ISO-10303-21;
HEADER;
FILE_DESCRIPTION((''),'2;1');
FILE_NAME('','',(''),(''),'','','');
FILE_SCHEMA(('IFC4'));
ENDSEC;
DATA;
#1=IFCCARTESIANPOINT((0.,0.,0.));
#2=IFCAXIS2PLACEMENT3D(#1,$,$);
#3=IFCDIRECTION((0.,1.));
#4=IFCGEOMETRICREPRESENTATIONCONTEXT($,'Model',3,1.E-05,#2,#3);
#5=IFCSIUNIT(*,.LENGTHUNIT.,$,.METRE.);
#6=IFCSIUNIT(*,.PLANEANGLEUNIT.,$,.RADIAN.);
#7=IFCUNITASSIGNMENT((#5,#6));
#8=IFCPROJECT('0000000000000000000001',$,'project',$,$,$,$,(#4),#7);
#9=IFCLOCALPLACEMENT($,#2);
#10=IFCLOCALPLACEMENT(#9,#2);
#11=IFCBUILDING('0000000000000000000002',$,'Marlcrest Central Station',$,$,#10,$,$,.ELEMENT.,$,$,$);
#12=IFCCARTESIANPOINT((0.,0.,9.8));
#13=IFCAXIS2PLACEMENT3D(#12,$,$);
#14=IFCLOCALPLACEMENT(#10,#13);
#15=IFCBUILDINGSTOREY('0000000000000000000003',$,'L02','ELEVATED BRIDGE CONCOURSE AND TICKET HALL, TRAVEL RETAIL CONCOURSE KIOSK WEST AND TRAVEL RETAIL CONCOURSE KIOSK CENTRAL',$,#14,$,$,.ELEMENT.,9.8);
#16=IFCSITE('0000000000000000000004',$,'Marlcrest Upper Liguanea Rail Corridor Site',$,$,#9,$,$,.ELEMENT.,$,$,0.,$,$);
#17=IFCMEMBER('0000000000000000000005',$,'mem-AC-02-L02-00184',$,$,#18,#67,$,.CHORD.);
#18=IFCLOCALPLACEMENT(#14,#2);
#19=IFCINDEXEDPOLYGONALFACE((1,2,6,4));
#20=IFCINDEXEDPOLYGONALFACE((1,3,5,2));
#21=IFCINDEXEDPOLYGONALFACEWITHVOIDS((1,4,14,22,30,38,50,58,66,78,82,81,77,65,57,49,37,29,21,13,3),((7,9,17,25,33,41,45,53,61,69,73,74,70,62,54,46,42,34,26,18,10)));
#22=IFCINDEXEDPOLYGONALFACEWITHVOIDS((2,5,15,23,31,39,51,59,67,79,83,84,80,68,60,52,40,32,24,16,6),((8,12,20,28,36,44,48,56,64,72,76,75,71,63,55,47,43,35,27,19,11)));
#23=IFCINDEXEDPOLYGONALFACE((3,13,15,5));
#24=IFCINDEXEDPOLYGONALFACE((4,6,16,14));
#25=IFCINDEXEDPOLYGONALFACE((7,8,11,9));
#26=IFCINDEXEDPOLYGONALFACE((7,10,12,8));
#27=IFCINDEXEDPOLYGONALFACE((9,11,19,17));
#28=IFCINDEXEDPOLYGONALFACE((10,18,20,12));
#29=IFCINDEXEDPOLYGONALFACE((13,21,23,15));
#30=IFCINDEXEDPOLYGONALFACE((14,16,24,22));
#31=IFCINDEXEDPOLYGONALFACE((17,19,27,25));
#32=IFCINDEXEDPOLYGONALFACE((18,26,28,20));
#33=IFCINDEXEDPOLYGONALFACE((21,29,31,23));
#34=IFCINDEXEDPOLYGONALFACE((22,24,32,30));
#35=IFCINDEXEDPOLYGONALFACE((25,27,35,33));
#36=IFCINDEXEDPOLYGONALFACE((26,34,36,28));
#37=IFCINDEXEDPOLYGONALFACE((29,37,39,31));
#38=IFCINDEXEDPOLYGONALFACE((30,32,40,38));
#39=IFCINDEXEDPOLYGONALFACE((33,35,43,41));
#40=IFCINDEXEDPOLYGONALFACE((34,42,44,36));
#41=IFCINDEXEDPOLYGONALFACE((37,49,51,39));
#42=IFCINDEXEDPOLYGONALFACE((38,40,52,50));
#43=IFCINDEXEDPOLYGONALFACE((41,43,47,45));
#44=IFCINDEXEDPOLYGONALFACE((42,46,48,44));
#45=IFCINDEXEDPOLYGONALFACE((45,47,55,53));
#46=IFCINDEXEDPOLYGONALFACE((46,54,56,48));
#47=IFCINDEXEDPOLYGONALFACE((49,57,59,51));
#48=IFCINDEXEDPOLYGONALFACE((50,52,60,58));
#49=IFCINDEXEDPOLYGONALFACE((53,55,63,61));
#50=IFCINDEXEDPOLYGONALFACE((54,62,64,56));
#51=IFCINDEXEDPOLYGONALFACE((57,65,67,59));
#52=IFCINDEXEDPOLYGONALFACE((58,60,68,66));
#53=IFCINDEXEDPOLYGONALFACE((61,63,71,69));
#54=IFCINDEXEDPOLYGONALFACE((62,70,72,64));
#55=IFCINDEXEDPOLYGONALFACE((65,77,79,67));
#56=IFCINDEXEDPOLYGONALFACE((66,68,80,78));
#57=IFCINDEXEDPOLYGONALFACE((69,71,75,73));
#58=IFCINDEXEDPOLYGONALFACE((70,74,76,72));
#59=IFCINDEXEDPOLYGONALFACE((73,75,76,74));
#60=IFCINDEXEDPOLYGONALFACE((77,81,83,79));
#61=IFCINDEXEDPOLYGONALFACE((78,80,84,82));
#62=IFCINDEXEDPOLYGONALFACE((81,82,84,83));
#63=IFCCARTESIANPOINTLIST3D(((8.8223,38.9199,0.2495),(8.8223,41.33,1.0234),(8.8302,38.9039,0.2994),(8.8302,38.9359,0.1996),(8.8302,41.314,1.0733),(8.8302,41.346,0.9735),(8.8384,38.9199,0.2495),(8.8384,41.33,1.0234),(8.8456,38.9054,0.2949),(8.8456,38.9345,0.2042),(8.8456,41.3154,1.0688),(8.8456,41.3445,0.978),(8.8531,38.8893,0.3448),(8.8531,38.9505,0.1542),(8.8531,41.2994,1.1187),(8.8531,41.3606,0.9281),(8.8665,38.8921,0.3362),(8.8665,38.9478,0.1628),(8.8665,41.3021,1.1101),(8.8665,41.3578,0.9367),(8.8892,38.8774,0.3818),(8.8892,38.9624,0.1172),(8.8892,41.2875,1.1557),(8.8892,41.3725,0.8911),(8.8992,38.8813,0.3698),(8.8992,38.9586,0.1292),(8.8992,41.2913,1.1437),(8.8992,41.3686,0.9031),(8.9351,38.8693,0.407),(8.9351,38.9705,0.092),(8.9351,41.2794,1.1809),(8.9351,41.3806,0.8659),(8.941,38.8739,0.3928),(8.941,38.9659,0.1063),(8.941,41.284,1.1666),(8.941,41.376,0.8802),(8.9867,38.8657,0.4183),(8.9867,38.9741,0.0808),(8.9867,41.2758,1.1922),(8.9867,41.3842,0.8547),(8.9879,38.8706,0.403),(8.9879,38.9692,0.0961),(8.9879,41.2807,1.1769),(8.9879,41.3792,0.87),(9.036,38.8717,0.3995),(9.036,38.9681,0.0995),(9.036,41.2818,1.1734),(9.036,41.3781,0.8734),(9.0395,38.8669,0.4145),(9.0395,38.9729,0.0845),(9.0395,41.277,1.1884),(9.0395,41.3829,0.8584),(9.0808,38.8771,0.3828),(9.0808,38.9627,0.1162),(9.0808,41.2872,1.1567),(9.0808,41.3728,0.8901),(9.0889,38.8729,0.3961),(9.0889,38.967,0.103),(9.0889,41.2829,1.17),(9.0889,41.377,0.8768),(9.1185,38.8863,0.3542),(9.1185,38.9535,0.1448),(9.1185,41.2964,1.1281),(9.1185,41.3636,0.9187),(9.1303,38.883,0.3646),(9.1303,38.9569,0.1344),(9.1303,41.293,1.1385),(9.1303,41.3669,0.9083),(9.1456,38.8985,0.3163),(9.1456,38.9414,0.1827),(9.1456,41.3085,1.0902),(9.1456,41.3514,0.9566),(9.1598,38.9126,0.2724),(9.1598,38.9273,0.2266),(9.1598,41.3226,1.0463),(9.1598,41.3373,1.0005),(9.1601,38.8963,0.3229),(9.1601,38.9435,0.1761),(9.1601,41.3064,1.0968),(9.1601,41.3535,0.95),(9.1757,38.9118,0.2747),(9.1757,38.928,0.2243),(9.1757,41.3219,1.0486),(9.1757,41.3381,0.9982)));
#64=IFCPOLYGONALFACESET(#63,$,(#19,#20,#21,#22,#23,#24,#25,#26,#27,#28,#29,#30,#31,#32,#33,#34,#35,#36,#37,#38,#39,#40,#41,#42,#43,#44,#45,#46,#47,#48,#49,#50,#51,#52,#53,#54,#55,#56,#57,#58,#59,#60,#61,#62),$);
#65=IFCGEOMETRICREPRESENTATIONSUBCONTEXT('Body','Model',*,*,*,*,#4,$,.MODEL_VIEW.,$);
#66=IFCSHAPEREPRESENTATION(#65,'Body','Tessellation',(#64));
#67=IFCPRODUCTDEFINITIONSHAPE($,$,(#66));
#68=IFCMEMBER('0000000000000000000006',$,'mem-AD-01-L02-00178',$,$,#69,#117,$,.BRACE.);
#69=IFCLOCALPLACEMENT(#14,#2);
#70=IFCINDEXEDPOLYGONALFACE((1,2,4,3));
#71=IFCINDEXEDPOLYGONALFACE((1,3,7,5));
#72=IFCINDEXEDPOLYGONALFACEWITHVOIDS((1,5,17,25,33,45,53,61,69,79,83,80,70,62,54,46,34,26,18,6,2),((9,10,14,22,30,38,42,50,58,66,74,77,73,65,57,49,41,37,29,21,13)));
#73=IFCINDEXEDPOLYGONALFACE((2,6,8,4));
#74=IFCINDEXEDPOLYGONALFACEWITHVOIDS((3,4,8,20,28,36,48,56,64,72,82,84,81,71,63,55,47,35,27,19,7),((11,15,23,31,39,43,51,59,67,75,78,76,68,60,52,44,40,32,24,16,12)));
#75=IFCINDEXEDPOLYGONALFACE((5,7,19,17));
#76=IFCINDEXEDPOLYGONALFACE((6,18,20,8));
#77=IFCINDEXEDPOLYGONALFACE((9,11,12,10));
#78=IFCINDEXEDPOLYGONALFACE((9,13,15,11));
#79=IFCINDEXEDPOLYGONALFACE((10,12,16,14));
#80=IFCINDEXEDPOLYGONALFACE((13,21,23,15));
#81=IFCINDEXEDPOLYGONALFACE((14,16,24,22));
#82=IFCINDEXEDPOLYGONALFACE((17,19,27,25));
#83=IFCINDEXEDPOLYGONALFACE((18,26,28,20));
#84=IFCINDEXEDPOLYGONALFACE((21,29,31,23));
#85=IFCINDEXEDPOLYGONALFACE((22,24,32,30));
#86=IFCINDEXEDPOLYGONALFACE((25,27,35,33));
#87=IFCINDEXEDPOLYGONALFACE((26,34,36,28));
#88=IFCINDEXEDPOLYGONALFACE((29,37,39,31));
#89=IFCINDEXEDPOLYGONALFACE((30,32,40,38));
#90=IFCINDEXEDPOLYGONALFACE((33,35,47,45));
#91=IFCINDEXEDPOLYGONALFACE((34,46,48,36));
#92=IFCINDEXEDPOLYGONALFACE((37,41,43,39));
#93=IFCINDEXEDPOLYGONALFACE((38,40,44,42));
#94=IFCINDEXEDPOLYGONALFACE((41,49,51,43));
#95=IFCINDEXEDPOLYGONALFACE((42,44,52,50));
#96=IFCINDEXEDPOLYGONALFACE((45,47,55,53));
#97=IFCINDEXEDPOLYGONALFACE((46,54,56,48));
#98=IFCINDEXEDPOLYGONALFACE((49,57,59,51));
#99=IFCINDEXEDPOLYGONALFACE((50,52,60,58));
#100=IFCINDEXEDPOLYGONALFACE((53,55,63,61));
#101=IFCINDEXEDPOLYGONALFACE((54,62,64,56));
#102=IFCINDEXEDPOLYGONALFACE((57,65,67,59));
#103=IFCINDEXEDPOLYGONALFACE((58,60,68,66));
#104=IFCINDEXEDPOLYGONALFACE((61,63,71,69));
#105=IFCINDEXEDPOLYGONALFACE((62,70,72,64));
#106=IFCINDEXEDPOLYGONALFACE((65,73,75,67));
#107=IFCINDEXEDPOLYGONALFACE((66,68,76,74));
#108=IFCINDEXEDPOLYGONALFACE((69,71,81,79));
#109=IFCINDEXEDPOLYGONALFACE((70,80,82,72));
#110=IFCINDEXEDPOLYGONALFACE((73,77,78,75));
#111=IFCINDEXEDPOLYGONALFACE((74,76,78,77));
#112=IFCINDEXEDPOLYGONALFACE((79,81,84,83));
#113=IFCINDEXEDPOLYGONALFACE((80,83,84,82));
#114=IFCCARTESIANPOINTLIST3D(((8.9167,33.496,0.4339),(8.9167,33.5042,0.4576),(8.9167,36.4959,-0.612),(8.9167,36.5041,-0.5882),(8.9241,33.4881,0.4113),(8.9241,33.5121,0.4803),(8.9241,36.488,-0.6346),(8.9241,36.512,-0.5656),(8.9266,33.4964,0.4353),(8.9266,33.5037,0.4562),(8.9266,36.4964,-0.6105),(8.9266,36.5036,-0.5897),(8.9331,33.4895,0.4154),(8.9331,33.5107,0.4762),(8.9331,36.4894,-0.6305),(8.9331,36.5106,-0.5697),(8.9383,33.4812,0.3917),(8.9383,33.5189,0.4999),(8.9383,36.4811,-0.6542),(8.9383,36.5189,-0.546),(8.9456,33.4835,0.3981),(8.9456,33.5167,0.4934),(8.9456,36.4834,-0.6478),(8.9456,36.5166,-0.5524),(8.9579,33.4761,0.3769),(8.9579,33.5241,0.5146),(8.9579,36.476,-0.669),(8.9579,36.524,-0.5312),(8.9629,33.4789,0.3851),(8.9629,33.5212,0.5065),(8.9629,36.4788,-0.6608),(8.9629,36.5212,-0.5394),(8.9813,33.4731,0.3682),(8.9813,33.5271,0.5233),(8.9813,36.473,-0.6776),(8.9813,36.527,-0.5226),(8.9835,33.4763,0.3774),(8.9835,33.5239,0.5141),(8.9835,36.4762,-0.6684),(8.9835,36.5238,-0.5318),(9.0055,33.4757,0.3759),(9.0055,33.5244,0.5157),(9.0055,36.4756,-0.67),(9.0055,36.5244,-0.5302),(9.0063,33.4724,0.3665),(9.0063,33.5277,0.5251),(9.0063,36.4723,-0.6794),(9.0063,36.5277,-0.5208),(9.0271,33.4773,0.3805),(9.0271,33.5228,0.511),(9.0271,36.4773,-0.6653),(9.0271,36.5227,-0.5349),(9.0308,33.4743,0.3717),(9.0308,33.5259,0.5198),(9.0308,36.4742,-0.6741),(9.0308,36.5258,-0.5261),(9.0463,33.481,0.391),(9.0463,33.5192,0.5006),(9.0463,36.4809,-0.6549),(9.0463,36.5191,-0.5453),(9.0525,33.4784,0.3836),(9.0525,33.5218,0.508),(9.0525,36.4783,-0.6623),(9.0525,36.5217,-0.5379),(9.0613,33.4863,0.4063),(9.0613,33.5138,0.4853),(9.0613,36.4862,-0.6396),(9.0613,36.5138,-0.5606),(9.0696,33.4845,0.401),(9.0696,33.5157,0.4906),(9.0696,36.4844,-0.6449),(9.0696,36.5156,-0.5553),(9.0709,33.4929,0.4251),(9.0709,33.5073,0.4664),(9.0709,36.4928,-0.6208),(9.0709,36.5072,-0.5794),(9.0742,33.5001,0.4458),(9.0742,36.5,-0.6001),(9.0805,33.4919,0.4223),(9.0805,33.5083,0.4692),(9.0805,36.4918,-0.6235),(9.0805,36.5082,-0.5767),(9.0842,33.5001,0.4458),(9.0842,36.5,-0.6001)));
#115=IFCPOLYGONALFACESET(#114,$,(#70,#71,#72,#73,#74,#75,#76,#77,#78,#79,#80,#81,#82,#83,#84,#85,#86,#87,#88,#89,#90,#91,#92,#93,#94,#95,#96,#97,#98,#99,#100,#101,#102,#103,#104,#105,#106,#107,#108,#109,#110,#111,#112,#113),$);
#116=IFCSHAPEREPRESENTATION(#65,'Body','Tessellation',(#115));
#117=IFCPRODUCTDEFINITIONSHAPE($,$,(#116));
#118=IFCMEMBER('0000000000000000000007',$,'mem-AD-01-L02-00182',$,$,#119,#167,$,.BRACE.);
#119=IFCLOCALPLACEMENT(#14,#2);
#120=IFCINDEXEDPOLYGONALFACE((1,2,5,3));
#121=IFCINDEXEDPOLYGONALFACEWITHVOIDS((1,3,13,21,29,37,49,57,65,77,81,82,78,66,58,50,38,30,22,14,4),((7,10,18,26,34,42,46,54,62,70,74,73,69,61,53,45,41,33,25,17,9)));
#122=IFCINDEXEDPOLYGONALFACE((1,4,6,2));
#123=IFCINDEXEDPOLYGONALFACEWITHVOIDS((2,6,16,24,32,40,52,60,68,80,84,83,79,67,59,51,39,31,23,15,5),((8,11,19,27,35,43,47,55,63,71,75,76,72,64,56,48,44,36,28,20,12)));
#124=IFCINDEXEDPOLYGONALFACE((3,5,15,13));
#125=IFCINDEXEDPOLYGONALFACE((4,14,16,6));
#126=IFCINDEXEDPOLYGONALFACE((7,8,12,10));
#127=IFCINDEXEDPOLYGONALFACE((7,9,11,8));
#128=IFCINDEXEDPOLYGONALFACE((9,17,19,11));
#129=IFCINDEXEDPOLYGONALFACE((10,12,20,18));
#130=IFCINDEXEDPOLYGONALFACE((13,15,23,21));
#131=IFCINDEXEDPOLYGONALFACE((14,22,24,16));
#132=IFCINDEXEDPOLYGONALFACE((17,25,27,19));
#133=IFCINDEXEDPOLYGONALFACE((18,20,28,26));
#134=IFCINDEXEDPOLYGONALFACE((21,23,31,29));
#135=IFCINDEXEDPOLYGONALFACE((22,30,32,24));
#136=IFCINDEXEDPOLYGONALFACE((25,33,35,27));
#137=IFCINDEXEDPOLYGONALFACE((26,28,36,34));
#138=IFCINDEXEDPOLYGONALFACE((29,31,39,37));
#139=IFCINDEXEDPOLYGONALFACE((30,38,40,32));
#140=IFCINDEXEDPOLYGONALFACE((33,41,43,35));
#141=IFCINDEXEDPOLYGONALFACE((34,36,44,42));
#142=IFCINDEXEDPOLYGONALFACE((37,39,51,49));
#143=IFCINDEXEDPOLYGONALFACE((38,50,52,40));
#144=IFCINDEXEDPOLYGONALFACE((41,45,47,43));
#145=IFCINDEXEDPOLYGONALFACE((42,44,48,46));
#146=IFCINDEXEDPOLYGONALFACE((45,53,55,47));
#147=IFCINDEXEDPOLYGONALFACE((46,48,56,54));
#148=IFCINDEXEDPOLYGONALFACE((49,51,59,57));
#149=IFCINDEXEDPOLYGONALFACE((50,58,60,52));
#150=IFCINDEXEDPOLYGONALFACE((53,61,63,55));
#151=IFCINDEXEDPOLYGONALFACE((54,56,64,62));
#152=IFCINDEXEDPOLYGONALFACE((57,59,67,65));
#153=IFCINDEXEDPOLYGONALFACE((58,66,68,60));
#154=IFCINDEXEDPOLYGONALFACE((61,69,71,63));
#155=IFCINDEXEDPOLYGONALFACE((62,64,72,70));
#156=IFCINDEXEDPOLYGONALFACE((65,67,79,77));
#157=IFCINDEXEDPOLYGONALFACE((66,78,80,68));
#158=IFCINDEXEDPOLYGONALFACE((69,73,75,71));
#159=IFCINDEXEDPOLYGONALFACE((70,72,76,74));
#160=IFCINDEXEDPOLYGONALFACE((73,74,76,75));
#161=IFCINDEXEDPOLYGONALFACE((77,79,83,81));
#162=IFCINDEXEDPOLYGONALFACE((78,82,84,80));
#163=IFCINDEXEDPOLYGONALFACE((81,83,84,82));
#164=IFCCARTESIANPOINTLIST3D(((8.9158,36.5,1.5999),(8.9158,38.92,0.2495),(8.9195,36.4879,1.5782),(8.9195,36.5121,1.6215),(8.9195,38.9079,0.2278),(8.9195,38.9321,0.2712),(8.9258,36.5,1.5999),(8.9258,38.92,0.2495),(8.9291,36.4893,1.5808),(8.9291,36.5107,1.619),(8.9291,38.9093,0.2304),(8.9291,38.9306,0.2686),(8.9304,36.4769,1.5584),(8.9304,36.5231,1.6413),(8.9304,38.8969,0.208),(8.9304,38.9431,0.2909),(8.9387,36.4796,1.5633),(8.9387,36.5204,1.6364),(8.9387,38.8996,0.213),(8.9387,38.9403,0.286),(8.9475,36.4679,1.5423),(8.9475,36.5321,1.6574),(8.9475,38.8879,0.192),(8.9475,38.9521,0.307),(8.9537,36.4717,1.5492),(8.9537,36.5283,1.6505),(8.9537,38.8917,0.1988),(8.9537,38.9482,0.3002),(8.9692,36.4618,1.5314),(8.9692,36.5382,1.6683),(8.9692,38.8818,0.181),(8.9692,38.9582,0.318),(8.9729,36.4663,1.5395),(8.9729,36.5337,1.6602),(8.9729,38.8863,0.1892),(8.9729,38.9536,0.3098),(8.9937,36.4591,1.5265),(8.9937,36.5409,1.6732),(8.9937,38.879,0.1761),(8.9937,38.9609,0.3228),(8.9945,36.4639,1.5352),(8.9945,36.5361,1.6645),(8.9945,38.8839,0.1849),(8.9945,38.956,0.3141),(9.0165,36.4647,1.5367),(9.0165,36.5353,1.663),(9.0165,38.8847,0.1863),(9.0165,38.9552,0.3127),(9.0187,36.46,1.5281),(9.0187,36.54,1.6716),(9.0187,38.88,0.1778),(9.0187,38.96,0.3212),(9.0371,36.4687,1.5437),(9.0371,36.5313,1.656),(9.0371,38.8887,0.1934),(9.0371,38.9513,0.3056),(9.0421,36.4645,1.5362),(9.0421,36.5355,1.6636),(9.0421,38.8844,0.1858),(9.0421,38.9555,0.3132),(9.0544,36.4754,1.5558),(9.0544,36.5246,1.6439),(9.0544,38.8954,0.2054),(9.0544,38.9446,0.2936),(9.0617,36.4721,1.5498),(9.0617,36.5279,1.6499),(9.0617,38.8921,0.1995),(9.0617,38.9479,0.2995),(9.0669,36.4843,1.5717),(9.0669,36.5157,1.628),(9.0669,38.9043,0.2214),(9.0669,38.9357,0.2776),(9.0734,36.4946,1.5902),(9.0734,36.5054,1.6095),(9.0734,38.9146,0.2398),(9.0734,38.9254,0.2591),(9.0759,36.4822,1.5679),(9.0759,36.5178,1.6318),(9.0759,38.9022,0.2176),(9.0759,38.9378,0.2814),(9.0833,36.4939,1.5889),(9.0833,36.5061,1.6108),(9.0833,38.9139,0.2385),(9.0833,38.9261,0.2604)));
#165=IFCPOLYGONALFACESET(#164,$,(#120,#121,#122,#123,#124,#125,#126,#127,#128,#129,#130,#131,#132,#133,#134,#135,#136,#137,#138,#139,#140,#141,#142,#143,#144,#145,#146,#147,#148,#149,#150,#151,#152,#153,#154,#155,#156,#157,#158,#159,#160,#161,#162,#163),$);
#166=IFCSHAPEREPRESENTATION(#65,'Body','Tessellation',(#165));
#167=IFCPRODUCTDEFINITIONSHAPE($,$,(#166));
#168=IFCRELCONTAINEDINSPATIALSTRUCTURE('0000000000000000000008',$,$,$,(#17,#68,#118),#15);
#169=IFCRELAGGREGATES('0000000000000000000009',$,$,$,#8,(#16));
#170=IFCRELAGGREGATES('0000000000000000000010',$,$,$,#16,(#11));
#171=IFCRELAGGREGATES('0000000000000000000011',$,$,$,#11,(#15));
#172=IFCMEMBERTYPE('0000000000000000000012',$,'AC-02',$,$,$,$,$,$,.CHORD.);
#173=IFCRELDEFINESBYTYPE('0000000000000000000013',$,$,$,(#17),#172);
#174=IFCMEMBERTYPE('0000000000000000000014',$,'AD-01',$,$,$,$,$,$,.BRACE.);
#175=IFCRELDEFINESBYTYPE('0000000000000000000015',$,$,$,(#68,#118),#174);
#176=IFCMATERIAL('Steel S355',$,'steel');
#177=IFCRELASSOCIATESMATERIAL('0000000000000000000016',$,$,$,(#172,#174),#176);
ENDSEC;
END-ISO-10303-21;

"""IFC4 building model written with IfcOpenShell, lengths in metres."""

from ifc_helpers import new_model, si_unit, direction, frame, origin, origin_2d, place, context, subcontext, project, spatial, hollow_circle, extrude, material, material_profile, profile_set, type_object, element, save


model = new_model("IFC4")

# Units and contexts
model_context = context("Model", 3, precision=1e-05, world=origin(), true_north=direction((0.0, 1.0)))
body_context = subcontext(model_context, "Body", "Model", "MODEL_VIEW")
ifc_project = project(units=[si_unit("LENGTHUNIT", "METRE"), si_unit("PLANEANGLEUNIT", "RADIAN")], contexts=[model_context])

# Site, building, storey
site_placement = place(None, origin())
site = spatial("IfcSite", under=ifc_project, at=site_placement, Name="Marlcrest Upper Liguanea Rail Corridor Site", CompositionType="ELEMENT", RefElevation=0.0)
building_placement = place(site_placement, origin())
building = spatial("IfcBuilding", under=site, at=building_placement, Name="Marlcrest Central Station", CompositionType="ELEMENT")
storey_placement = place(building_placement, frame((0.0, 0.0, 9.8)))
storey = spatial("IfcBuildingStorey", under=building, at=storey_placement, Name="L02", Description="ELEVATED BRIDGE CONCOURSE AND TICKET HALL, TRAVEL RETAIL CONCOURSE KIOSK WEST AND TRAVEL RETAIL CONCOURSE KIOSK CENTRAL", CompositionType="ELEMENT", Elevation=9.8)

# Members
ifc_material_1 = material(Name="Steel S355", Category="steel")
ifc_material_profile_1 = material_profile(ifc_material_1, hollow_circle(Radius=0.1777, WallThickness=0.0161, at=origin_2d()), Name="CHS 355.6x16")
ifc_profile_set_1 = profile_set([ifc_material_profile_1], Name="Steel S355")
member_type_1 = type_object("IfcMemberType", Name="AC-02", PredefinedType="CHORD", material=ifc_profile_set_1)
member_1_placement = place(storey_placement, frame((9.0, 38.9199, 0.2495), z_axis=(0.0, 0.952117, 0.305734), x_axis=(-1.0, 0.0, 0.0)))
element("IfcMember", 1, at=member_1_placement, inside=storey, type_object=member_type_1, Name="mem-AC-02-L02-00184", PredefinedType="CHORD", context=body_context, shape_type="SweptSolid", body=[
    extrude(hollow_circle(Radius=0.1777, WallThickness=0.0161, at=origin_2d()), origin(), (0.0, 0.0, 1.0), 2.5312),
])
ifc_material_profile_2 = material_profile(ifc_material_1, hollow_circle(Radius=0.0842, WallThickness=0.01, at=origin_2d()), Name="CHS 168.3x10")
ifc_profile_set_2 = profile_set([ifc_material_profile_2], Name="Steel S355")
member_type_2 = type_object("IfcMemberType", Name="AD-01", PredefinedType="BRACE", material=ifc_profile_set_2)
member_2_placement = place(storey_placement, frame((9.0, 36.5, -0.6001), z_axis=(0.0, -0.94426, 0.3292), x_axis=(1.0, 0.0, 0.0)))
element("IfcMember", 2, at=member_2_placement, inside=storey, type_object=member_type_2, Name="mem-AD-01-L02-00178", PredefinedType="BRACE", context=body_context, shape_type="SweptSolid", body=[
    extrude(hollow_circle(Radius=0.0842, WallThickness=0.01, at=origin_2d()), origin(), (0.0, 0.0, 1.0), 3.177),
])
member_3_placement = place(storey_placement, frame((9.0, 36.5, 1.5999), z_axis=(0.0, 0.873246, -0.48728), x_axis=(-1.0, 0.0, 0.0)))
element("IfcMember", 3, at=member_3_placement, inside=storey, type_object=member_type_2, Name="mem-AD-01-L02-00182", PredefinedType="BRACE", context=body_context, shape_type="SweptSolid", body=[
    extrude(hollow_circle(Radius=0.0842, WallThickness=0.01, at=origin_2d()), origin(), (0.0, 0.0, 1.0), 2.7712),
])

save(model, "model.ifc")
